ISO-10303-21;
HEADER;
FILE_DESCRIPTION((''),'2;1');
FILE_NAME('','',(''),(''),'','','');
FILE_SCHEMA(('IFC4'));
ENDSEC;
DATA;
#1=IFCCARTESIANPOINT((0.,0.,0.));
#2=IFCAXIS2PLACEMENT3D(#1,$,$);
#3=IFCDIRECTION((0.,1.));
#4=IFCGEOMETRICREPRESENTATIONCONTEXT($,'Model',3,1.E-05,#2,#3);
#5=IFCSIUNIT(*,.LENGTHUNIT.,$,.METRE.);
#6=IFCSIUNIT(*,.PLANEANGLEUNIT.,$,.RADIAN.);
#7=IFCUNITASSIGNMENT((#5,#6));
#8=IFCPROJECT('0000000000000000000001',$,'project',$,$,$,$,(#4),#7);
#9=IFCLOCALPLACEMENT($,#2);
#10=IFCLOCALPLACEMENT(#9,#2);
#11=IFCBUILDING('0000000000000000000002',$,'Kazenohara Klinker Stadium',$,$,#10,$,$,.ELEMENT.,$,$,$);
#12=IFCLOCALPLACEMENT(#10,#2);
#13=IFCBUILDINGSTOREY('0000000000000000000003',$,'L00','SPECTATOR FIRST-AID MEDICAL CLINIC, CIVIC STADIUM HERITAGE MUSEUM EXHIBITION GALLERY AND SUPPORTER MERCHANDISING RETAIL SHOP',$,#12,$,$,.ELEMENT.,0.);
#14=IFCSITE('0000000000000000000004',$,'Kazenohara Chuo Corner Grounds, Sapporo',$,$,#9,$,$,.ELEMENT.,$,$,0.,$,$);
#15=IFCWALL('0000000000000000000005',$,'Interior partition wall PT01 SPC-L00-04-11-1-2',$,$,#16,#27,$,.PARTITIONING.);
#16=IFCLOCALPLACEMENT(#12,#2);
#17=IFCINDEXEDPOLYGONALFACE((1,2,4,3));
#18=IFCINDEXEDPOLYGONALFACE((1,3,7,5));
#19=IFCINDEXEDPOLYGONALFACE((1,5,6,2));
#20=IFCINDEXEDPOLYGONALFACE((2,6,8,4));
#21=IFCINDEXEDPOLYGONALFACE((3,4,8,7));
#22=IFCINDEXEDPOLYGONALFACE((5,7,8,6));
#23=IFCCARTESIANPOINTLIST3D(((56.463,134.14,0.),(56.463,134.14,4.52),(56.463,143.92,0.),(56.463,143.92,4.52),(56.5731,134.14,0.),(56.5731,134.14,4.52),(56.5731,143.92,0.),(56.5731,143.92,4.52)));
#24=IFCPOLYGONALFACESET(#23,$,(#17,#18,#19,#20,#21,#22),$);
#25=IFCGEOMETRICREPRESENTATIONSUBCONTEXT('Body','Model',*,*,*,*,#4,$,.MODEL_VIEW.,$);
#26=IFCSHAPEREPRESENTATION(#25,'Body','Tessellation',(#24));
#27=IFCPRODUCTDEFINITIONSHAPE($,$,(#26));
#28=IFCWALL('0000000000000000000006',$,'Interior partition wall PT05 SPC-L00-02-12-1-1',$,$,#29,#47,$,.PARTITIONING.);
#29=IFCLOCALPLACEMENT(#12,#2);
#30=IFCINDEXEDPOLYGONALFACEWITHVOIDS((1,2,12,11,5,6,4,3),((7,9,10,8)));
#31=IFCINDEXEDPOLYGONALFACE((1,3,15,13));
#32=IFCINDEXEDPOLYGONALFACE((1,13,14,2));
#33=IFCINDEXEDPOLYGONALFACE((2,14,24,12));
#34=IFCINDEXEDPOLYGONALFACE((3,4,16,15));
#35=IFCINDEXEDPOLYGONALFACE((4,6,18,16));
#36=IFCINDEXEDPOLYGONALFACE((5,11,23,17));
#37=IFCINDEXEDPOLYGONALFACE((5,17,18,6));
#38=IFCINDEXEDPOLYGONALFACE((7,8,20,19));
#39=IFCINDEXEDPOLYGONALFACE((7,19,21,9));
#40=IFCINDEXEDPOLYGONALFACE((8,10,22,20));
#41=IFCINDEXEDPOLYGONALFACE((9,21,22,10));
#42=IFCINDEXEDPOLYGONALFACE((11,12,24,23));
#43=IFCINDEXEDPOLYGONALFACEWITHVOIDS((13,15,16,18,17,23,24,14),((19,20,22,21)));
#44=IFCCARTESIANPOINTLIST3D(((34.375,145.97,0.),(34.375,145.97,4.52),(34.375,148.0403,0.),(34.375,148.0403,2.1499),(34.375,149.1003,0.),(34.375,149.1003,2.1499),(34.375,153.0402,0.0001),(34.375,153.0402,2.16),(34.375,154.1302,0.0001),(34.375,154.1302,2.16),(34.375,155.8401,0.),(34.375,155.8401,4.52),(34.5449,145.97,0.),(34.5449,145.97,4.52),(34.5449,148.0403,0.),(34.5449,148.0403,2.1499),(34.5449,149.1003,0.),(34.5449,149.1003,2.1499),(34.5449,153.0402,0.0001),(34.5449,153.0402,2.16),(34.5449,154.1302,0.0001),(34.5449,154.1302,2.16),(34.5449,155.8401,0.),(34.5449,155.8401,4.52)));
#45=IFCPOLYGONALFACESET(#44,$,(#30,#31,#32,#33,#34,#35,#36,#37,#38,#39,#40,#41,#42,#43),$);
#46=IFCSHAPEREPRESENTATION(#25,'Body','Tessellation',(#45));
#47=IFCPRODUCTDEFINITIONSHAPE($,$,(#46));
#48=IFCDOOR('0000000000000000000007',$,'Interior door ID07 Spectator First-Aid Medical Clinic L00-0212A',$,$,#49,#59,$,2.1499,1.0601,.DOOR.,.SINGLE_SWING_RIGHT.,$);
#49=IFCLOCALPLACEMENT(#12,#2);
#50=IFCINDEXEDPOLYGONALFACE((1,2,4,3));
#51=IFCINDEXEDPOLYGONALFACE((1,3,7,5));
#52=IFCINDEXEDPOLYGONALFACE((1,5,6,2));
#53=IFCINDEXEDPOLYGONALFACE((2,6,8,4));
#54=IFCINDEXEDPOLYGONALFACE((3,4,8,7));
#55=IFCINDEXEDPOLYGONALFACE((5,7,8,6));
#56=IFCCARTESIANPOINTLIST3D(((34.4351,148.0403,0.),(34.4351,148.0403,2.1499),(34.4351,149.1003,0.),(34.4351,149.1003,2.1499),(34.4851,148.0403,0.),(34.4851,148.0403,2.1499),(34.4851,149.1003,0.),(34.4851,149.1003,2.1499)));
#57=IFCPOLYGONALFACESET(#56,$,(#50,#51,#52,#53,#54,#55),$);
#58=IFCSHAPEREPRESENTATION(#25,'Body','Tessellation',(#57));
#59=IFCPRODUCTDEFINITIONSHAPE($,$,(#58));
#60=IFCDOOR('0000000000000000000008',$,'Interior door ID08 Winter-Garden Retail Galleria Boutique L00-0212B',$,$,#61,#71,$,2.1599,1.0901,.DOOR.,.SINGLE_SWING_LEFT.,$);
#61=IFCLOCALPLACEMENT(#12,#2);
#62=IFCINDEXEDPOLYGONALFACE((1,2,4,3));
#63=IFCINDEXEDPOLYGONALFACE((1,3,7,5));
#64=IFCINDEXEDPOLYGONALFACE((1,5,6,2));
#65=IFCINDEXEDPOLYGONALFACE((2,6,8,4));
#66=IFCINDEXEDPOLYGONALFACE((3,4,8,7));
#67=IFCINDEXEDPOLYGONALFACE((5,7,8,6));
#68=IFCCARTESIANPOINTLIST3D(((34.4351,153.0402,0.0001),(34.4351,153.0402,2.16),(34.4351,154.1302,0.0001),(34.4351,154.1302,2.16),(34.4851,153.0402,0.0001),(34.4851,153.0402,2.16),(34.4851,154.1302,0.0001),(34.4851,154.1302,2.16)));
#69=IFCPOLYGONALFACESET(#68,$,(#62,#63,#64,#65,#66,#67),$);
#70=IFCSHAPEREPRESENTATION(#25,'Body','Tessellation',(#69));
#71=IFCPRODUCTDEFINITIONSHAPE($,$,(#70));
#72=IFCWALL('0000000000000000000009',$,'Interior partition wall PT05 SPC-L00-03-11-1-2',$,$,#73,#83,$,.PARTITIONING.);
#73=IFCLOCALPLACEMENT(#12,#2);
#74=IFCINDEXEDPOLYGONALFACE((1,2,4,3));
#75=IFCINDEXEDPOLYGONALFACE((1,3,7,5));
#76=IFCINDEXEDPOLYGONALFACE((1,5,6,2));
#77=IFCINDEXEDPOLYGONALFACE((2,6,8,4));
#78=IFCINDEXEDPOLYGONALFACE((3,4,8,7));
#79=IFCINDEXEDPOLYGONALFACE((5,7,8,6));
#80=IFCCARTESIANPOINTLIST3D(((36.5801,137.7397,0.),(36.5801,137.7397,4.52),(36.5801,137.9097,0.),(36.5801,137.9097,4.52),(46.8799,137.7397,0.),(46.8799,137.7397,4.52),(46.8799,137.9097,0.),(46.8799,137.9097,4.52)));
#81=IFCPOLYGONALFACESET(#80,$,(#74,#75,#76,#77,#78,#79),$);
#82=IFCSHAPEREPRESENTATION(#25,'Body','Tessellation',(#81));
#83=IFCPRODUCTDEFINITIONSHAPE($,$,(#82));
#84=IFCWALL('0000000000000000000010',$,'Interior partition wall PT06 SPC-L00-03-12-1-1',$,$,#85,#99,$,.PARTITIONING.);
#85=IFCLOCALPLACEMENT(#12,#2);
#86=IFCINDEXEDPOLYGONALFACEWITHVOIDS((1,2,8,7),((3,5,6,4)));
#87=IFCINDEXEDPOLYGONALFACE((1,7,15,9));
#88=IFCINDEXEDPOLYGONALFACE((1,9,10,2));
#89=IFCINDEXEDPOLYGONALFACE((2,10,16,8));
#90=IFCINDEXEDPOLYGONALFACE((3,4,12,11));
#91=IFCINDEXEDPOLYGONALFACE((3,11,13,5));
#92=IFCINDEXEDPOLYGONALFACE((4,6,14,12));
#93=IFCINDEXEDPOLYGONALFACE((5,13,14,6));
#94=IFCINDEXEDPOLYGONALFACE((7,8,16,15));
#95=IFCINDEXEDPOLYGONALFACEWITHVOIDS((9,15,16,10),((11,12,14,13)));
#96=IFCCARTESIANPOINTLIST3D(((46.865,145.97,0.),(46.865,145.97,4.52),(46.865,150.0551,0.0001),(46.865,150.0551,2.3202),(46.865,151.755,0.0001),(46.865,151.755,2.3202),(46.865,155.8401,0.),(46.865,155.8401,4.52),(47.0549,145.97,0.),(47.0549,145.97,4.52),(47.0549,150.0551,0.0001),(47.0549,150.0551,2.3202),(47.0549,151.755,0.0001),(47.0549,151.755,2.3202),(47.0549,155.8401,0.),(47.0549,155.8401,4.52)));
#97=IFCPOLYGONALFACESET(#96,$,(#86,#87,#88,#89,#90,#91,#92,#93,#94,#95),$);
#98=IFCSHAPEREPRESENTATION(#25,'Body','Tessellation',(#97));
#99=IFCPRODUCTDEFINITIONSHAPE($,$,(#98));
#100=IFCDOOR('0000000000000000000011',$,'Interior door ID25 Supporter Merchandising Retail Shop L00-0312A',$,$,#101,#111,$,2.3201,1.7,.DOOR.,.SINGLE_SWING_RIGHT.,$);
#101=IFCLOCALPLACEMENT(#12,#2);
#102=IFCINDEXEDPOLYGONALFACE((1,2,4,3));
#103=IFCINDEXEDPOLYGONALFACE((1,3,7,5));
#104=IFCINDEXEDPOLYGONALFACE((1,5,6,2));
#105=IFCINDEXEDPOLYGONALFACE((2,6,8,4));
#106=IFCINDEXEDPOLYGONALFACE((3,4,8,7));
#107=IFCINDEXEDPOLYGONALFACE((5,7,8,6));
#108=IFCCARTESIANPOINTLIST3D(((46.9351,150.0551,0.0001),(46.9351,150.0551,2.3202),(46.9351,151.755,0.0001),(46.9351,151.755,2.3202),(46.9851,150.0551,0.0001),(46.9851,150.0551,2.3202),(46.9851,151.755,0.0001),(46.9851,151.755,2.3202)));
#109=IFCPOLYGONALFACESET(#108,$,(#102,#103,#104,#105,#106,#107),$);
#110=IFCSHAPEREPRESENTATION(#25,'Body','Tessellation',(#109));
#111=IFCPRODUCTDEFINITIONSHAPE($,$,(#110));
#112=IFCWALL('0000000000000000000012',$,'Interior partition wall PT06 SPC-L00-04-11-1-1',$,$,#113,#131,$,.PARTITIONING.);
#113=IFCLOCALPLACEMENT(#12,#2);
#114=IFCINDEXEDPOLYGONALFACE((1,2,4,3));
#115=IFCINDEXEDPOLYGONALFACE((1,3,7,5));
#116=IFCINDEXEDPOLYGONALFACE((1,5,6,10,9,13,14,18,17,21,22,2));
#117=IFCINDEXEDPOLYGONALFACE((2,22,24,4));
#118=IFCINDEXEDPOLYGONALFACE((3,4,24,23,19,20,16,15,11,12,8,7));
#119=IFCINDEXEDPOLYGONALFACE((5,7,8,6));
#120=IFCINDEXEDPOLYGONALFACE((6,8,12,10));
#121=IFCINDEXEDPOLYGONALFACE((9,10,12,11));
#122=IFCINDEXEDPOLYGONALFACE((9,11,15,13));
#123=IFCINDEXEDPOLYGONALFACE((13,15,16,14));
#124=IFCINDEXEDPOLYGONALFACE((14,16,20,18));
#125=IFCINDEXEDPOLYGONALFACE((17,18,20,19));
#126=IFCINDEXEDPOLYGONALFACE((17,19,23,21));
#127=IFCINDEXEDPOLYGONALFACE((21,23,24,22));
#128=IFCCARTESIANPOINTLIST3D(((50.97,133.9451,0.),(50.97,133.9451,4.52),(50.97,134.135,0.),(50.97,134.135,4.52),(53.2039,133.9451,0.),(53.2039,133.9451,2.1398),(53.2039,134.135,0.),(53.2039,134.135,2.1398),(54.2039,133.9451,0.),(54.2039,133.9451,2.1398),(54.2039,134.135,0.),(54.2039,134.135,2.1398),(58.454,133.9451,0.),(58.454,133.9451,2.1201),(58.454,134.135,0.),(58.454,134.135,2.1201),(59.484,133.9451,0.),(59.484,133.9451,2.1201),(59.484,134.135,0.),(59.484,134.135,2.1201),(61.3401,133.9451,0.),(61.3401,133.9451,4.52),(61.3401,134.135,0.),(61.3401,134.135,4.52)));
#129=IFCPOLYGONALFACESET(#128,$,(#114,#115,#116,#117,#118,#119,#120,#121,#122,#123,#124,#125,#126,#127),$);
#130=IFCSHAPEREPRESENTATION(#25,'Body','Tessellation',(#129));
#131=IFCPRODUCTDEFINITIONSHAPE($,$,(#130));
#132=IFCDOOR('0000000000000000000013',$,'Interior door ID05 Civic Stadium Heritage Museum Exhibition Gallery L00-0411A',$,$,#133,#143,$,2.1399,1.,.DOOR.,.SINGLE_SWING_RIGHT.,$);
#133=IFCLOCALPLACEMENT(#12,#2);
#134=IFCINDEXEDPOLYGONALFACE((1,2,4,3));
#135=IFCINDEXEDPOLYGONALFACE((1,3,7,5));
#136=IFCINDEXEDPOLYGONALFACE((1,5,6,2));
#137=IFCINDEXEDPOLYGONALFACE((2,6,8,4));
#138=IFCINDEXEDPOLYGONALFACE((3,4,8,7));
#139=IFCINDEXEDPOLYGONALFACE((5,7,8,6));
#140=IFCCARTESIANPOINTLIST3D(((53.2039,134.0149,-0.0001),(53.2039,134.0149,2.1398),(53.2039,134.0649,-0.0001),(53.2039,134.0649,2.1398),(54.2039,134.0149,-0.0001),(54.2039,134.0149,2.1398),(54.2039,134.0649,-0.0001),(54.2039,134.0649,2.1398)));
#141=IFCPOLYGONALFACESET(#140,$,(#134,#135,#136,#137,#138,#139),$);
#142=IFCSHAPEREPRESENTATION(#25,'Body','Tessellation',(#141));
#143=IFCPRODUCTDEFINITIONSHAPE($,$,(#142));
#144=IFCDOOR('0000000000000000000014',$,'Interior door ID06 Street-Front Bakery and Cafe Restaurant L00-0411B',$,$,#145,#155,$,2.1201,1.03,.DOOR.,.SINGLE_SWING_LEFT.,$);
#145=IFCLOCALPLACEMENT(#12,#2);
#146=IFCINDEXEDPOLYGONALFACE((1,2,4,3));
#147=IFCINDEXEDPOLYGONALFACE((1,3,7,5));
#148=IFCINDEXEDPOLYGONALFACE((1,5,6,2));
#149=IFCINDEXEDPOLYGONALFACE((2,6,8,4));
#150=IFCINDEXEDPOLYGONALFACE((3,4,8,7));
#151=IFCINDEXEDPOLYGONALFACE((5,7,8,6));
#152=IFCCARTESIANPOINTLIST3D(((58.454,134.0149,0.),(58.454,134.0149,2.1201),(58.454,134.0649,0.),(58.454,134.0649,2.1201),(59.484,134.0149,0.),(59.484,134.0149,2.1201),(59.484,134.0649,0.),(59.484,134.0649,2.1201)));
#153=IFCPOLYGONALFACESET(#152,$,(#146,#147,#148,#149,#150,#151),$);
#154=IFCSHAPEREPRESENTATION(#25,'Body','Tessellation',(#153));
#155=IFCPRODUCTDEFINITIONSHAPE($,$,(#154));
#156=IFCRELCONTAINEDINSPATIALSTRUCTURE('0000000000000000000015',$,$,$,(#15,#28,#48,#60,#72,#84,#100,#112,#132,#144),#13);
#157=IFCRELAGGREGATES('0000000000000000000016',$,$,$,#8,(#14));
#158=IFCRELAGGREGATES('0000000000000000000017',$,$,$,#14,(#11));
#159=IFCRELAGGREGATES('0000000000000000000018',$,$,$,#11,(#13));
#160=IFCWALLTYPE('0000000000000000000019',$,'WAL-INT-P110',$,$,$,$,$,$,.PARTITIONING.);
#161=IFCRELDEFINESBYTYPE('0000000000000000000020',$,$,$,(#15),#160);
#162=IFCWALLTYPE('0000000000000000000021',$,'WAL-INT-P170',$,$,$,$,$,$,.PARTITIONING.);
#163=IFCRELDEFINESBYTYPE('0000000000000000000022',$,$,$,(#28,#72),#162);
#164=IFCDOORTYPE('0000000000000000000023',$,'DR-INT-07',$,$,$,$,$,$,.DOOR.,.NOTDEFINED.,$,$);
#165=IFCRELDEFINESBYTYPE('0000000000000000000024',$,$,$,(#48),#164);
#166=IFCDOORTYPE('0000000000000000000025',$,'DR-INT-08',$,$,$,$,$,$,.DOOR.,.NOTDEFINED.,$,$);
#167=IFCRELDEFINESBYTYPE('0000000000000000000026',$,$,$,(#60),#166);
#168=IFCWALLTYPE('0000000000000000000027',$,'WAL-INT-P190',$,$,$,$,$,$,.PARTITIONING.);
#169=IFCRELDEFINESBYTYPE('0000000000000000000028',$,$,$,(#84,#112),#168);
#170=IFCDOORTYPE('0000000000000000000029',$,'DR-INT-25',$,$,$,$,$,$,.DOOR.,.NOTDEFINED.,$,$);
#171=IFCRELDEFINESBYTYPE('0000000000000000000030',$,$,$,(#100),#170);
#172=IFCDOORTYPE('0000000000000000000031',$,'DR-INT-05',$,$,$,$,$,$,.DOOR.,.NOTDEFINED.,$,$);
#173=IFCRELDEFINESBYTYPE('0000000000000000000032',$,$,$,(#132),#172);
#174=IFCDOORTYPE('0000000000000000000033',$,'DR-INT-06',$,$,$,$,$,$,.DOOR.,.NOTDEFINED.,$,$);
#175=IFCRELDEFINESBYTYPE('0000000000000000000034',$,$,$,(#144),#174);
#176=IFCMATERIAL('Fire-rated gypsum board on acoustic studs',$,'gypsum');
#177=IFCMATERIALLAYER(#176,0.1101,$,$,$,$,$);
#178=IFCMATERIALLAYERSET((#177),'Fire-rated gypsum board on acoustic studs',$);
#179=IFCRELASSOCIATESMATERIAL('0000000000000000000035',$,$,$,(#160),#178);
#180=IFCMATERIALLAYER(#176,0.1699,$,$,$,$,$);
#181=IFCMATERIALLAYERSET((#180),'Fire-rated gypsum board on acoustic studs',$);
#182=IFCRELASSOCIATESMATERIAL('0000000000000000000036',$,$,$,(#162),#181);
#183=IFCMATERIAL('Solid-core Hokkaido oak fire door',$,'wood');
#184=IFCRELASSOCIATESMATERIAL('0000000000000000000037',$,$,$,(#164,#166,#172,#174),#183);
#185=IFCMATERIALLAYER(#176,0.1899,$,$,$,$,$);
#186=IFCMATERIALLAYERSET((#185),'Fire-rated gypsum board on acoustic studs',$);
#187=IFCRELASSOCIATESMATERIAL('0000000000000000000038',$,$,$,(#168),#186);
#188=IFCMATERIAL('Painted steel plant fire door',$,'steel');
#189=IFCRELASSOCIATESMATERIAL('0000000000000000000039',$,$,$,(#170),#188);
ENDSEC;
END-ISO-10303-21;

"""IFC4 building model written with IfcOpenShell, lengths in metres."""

from ifc_helpers import new_model, si_unit, direction, frame, frame_2d, origin, place, context, subcontext, project, spatial, rectangle, extrude, material, layer, layer_set, type_object, element, fill, save


model = new_model("IFC4")

# Units and contexts
model_context = context("Model", 3, precision=1e-05, world=origin(), true_north=direction((0.0, 1.0)))
body_context = subcontext(model_context, "Body", "Model", "MODEL_VIEW")
ifc_project = project(units=[si_unit("LENGTHUNIT", "METRE"), si_unit("PLANEANGLEUNIT", "RADIAN")], contexts=[model_context])

# Site, building, storey
site_placement = place(None, origin())
site = spatial("IfcSite", under=ifc_project, at=site_placement, Name="Kazenohara Chuo Corner Grounds, Sapporo", CompositionType="ELEMENT", RefElevation=0.0)
building_placement = place(site_placement, origin())
building = spatial("IfcBuilding", under=site, at=building_placement, Name="Kazenohara Klinker Stadium", CompositionType="ELEMENT")
storey_placement = place(building_placement, origin())
storey = spatial("IfcBuildingStorey", under=building, at=storey_placement, Name="L00", Description="SPECTATOR FIRST-AID MEDICAL CLINIC, CIVIC STADIUM HERITAGE MUSEUM EXHIBITION GALLERY AND SUPPORTER MERCHANDISING RETAIL SHOP", CompositionType="ELEMENT", Elevation=0.0)

# Wall
ifc_material_1 = material(Name="Fire-rated gypsum board on acoustic studs", Category="gypsum")
ifc_layer_1 = layer(ifc_material_1, 0.1101)
ifc_layer_set_1 = layer_set([ifc_layer_1], Name="Fire-rated gypsum board on acoustic studs")
wall_type_1 = type_object("IfcWallType", Name="WAL-INT-P110", PredefinedType="PARTITIONING", material=ifc_layer_set_1)
wall_1_placement = place(storey_placement, frame((56.5181, 134.1399, 0.0), z_axis=(0.0, 0.0, 1.0), x_axis=(0.0, 1.0, 0.0)))
element("IfcWall", 1, at=wall_1_placement, inside=storey, type_object=wall_type_1, Name="Interior partition wall PT01 SPC-L00-04-11-1-2", PredefinedType="PARTITIONING", context=body_context, shape_type="SweptSolid", body=[
    extrude(rectangle(XDim=9.78, YDim=0.1101, at=frame_2d((4.8901, 0.0))), origin(), (0.0, 0.0, 1.0), 4.52),
])

# Wall, openings, doors
ifc_layer_2 = layer(ifc_material_1, 0.1699)
ifc_layer_set_2 = layer_set([ifc_layer_2], Name="Fire-rated gypsum board on acoustic studs")
wall_type_2 = type_object("IfcWallType", Name="WAL-INT-P170", PredefinedType="PARTITIONING", material=ifc_layer_set_2)
wall_2_placement = place(storey_placement, frame((34.46, 145.97, 0.0), z_axis=(0.0, 0.0, 1.0), x_axis=(0.0, 1.0, 0.0)))
wall_2 = element("IfcWall", 2, at=wall_2_placement, inside=storey, type_object=wall_type_2, Name="Interior partition wall PT05 SPC-L00-02-12-1-1", PredefinedType="PARTITIONING", context=body_context, shape_type="SweptSolid", body=[
    extrude(rectangle(XDim=9.8701, YDim=0.1699, at=frame_2d((4.9351, 0.0))), origin(), (0.0, 0.0, 1.0), 4.52),
])
opening_1_placement = place(wall_2_placement, frame((2.0703, 0.0, 0.0)))
opening_1 = element("IfcOpeningElement", 3, at=opening_1_placement, cuts=wall_2, PredefinedType="OPENING", context=body_context, shape_type="SweptSolid", body=[
    extrude(rectangle(XDim=1.0601, YDim=2.1499, at=frame_2d((0.53, 1.075))), frame((0.0, 0.095, 0.0), z_axis=(0.0, -1.0, 0.0), x_axis=(1.0, 0.0, 0.0)), (0.0, 0.0, 1.0), 0.1899),
])
opening_2_placement = place(wall_2_placement, frame((7.0703, 0.0, 0.0)))
opening_2 = element("IfcOpeningElement", 4, at=opening_2_placement, cuts=wall_2, PredefinedType="OPENING", context=body_context, shape_type="SweptSolid", body=[
    extrude(rectangle(XDim=1.0901, YDim=2.1599, at=frame_2d((0.5449, 1.0801))), frame((0.0, 0.095, 0.0), z_axis=(0.0, -1.0, 0.0), x_axis=(1.0, 0.0, 0.0)), (0.0, 0.0, 1.0), 0.1899),
])
ifc_material_2 = material(Name="Solid-core Hokkaido oak fire door", Category="wood")
door_type_1 = type_object("IfcDoorType", Name="DR-INT-07", OperationType="NOTDEFINED", PredefinedType="DOOR", material=ifc_material_2)
door_1_placement = place(opening_1_placement, origin())
door_1 = element("IfcDoor", 5, at=door_1_placement, inside=storey, type_object=door_type_1, Name="Interior door ID07 Spectator First-Aid Medical Clinic L00-0212A", OperationType="SINGLE_SWING_RIGHT", OverallHeight=2.1499, OverallWidth=1.0601, PredefinedType="DOOR", context=body_context, shape_type="SweptSolid", body=[
    extrude(rectangle(XDim=1.0601, YDim=2.1499, at=frame_2d((0.53, 1.075))), frame((0.0, 0.0249, 0.0), z_axis=(0.0, -1.0, 0.0), x_axis=(1.0, 0.0, 0.0)), (0.0, 0.0, 1.0), 0.05),
])
fill(opening_1, door_1)
door_type_2 = type_object("IfcDoorType", Name="DR-INT-08", OperationType="NOTDEFINED", PredefinedType="DOOR", material=ifc_material_2)
door_2_placement = place(opening_2_placement, origin())
door_2 = element("IfcDoor", 6, at=door_2_placement, inside=storey, type_object=door_type_2, Name="Interior door ID08 Winter-Garden Retail Galleria Boutique L00-0212B", OperationType="SINGLE_SWING_LEFT", OverallHeight=2.1599, OverallWidth=1.0901, PredefinedType="DOOR", context=body_context, shape_type="SweptSolid", body=[
    extrude(rectangle(XDim=1.0901, YDim=2.1599, at=frame_2d((0.5449, 1.0801))), frame((0.0, 0.0249, 0.0), z_axis=(0.0, -1.0, 0.0), x_axis=(1.0, 0.0, 0.0)), (0.0, 0.0, 1.0), 0.05),
])
fill(opening_2, door_2)

# Wall
wall_3_placement = place(storey_placement, frame((36.5801, 137.8247, 0.0), z_axis=(0.0, 0.0, 1.0), x_axis=(1.0, 0.0, 0.0)))
element("IfcWall", 7, at=wall_3_placement, inside=storey, type_object=wall_type_2, Name="Interior partition wall PT05 SPC-L00-03-11-1-2", PredefinedType="PARTITIONING", context=body_context, shape_type="SweptSolid", body=[
    extrude(rectangle(XDim=10.2998, YDim=0.1699, at=frame_2d((5.1499, 0.0))), origin(), (0.0, 0.0, 1.0), 4.52),
])

# Wall, opening, door
ifc_layer_3 = layer(ifc_material_1, 0.1899)
ifc_layer_set_3 = layer_set([ifc_layer_3], Name="Fire-rated gypsum board on acoustic studs")
wall_type_3 = type_object("IfcWallType", Name="WAL-INT-P190", PredefinedType="PARTITIONING", material=ifc_layer_set_3)
wall_4_placement = place(storey_placement, frame((46.96, 145.97, 0.0), z_axis=(0.0, 0.0, 1.0), x_axis=(0.0, 1.0, 0.0)))
wall_4 = element("IfcWall", 8, at=wall_4_placement, inside=storey, type_object=wall_type_3, Name="Interior partition wall PT06 SPC-L00-03-12-1-1", PredefinedType="PARTITIONING", context=body_context, shape_type="SweptSolid", body=[
    extrude(rectangle(XDim=9.8701, YDim=0.1899, at=frame_2d((4.9351, 0.0))), origin(), (0.0, 0.0, 1.0), 4.52),
])
opening_3_placement = place(wall_4_placement, frame((4.085, 0.0, 0.0)))
opening_3 = element("IfcOpeningElement", 9, at=opening_3_placement, cuts=wall_4, PredefinedType="OPENING", context=body_context, shape_type="SweptSolid", body=[
    extrude(rectangle(XDim=1.7, YDim=2.3201, at=frame_2d((0.8501, 1.1602))), frame((0.0, 0.105, 0.0), z_axis=(0.0, -1.0, 0.0), x_axis=(1.0, 0.0, 0.0)), (0.0, 0.0, 1.0), 0.21),
])
ifc_material_3 = material(Name="Painted steel plant fire door", Category="steel")
door_type_3 = type_object("IfcDoorType", Name="DR-INT-25", OperationType="NOTDEFINED", PredefinedType="DOOR", material=ifc_material_3)
door_3_placement = place(opening_3_placement, origin())
door_3 = element("IfcDoor", 10, at=door_3_placement, inside=storey, type_object=door_type_3, Name="Interior door ID25 Supporter Merchandising Retail Shop L00-0312A", OperationType="SINGLE_SWING_RIGHT", OverallHeight=2.3201, OverallWidth=1.7, PredefinedType="DOOR", context=body_context, shape_type="SweptSolid", body=[
    extrude(rectangle(XDim=1.7, YDim=2.3201, at=frame_2d((0.8501, 1.1602))), frame((0.0, 0.0249, 0.0), z_axis=(0.0, -1.0, 0.0), x_axis=(1.0, 0.0, 0.0)), (0.0, 0.0, 1.0), 0.05),
])
fill(opening_3, door_3)

# Wall, openings, doors
wall_5_placement = place(storey_placement, frame((50.97, 134.04, 0.0), z_axis=(0.0, 0.0, 1.0), x_axis=(1.0, 0.0, 0.0)))
wall_5 = element("IfcWall", 11, at=wall_5_placement, inside=storey, type_object=wall_type_3, Name="Interior partition wall PT06 SPC-L00-04-11-1-1", PredefinedType="PARTITIONING", context=body_context, shape_type="SweptSolid", body=[
    extrude(rectangle(XDim=10.3701, YDim=0.1899, at=frame_2d((5.1851, 0.0))), origin(), (0.0, 0.0, 1.0), 4.52),
])
opening_4_placement = place(wall_5_placement, frame((2.2339, 0.0, 0.0)))
opening_4 = element("IfcOpeningElement", 12, at=opening_4_placement, cuts=wall_5, PredefinedType="OPENING", context=body_context, shape_type="SweptSolid", body=[
    extrude(rectangle(XDim=1.0, YDim=2.1399, at=frame_2d((0.5, 1.0698))), frame((0.0, 0.105, 0.0), z_axis=(0.0, -1.0, 0.0), x_axis=(1.0, 0.0, 0.0)), (0.0, 0.0, 1.0), 0.21),
])
opening_5_placement = place(wall_5_placement, frame((7.4839, 0.0, 0.0)))
opening_5 = element("IfcOpeningElement", 13, at=opening_5_placement, cuts=wall_5, PredefinedType="OPENING", context=body_context, shape_type="SweptSolid", body=[
    extrude(rectangle(XDim=1.03, YDim=2.1201, at=frame_2d((0.5151, 1.0601))), frame((0.0, 0.105, 0.0), z_axis=(0.0, -1.0, 0.0), x_axis=(1.0, 0.0, 0.0)), (0.0, 0.0, 1.0), 0.21),
])
door_type_4 = type_object("IfcDoorType", Name="DR-INT-05", OperationType="NOTDEFINED", PredefinedType="DOOR", material=ifc_material_2)
door_4_placement = place(opening_4_placement, origin())
door_4 = element("IfcDoor", 14, at=door_4_placement, inside=storey, type_object=door_type_4, Name="Interior door ID05 Civic Stadium Heritage Museum Exhibition Gallery L00-0411A", OperationType="SINGLE_SWING_RIGHT", OverallHeight=2.1399, OverallWidth=1.0, PredefinedType="DOOR", context=body_context, shape_type="SweptSolid", body=[
    extrude(rectangle(XDim=1.0, YDim=2.1399, at=frame_2d((0.5, 1.0698))), frame((0.0, 0.0249, 0.0), z_axis=(0.0, -1.0, 0.0), x_axis=(1.0, 0.0, 0.0)), (0.0, 0.0, 1.0), 0.05),
])
fill(opening_4, door_4)
door_type_5 = type_object("IfcDoorType", Name="DR-INT-06", OperationType="NOTDEFINED", PredefinedType="DOOR", material=ifc_material_2)
door_5_placement = place(opening_5_placement, origin())
door_5 = element("IfcDoor", 15, at=door_5_placement, inside=storey, type_object=door_type_5, Name="Interior door ID06 Street-Front Bakery and Cafe Restaurant L00-0411B", OperationType="SINGLE_SWING_LEFT", OverallHeight=2.1201, OverallWidth=1.03, PredefinedType="DOOR", context=body_context, shape_type="SweptSolid", body=[
    extrude(rectangle(XDim=1.03, YDim=2.1201, at=frame_2d((0.5151, 1.0601))), frame((0.0, 0.0249, 0.0), z_axis=(0.0, -1.0, 0.0), x_axis=(1.0, 0.0, 0.0)), (0.0, 0.0, 1.0), 0.05),
])
fill(opening_5, door_5)

save(model, "model.ifc")
